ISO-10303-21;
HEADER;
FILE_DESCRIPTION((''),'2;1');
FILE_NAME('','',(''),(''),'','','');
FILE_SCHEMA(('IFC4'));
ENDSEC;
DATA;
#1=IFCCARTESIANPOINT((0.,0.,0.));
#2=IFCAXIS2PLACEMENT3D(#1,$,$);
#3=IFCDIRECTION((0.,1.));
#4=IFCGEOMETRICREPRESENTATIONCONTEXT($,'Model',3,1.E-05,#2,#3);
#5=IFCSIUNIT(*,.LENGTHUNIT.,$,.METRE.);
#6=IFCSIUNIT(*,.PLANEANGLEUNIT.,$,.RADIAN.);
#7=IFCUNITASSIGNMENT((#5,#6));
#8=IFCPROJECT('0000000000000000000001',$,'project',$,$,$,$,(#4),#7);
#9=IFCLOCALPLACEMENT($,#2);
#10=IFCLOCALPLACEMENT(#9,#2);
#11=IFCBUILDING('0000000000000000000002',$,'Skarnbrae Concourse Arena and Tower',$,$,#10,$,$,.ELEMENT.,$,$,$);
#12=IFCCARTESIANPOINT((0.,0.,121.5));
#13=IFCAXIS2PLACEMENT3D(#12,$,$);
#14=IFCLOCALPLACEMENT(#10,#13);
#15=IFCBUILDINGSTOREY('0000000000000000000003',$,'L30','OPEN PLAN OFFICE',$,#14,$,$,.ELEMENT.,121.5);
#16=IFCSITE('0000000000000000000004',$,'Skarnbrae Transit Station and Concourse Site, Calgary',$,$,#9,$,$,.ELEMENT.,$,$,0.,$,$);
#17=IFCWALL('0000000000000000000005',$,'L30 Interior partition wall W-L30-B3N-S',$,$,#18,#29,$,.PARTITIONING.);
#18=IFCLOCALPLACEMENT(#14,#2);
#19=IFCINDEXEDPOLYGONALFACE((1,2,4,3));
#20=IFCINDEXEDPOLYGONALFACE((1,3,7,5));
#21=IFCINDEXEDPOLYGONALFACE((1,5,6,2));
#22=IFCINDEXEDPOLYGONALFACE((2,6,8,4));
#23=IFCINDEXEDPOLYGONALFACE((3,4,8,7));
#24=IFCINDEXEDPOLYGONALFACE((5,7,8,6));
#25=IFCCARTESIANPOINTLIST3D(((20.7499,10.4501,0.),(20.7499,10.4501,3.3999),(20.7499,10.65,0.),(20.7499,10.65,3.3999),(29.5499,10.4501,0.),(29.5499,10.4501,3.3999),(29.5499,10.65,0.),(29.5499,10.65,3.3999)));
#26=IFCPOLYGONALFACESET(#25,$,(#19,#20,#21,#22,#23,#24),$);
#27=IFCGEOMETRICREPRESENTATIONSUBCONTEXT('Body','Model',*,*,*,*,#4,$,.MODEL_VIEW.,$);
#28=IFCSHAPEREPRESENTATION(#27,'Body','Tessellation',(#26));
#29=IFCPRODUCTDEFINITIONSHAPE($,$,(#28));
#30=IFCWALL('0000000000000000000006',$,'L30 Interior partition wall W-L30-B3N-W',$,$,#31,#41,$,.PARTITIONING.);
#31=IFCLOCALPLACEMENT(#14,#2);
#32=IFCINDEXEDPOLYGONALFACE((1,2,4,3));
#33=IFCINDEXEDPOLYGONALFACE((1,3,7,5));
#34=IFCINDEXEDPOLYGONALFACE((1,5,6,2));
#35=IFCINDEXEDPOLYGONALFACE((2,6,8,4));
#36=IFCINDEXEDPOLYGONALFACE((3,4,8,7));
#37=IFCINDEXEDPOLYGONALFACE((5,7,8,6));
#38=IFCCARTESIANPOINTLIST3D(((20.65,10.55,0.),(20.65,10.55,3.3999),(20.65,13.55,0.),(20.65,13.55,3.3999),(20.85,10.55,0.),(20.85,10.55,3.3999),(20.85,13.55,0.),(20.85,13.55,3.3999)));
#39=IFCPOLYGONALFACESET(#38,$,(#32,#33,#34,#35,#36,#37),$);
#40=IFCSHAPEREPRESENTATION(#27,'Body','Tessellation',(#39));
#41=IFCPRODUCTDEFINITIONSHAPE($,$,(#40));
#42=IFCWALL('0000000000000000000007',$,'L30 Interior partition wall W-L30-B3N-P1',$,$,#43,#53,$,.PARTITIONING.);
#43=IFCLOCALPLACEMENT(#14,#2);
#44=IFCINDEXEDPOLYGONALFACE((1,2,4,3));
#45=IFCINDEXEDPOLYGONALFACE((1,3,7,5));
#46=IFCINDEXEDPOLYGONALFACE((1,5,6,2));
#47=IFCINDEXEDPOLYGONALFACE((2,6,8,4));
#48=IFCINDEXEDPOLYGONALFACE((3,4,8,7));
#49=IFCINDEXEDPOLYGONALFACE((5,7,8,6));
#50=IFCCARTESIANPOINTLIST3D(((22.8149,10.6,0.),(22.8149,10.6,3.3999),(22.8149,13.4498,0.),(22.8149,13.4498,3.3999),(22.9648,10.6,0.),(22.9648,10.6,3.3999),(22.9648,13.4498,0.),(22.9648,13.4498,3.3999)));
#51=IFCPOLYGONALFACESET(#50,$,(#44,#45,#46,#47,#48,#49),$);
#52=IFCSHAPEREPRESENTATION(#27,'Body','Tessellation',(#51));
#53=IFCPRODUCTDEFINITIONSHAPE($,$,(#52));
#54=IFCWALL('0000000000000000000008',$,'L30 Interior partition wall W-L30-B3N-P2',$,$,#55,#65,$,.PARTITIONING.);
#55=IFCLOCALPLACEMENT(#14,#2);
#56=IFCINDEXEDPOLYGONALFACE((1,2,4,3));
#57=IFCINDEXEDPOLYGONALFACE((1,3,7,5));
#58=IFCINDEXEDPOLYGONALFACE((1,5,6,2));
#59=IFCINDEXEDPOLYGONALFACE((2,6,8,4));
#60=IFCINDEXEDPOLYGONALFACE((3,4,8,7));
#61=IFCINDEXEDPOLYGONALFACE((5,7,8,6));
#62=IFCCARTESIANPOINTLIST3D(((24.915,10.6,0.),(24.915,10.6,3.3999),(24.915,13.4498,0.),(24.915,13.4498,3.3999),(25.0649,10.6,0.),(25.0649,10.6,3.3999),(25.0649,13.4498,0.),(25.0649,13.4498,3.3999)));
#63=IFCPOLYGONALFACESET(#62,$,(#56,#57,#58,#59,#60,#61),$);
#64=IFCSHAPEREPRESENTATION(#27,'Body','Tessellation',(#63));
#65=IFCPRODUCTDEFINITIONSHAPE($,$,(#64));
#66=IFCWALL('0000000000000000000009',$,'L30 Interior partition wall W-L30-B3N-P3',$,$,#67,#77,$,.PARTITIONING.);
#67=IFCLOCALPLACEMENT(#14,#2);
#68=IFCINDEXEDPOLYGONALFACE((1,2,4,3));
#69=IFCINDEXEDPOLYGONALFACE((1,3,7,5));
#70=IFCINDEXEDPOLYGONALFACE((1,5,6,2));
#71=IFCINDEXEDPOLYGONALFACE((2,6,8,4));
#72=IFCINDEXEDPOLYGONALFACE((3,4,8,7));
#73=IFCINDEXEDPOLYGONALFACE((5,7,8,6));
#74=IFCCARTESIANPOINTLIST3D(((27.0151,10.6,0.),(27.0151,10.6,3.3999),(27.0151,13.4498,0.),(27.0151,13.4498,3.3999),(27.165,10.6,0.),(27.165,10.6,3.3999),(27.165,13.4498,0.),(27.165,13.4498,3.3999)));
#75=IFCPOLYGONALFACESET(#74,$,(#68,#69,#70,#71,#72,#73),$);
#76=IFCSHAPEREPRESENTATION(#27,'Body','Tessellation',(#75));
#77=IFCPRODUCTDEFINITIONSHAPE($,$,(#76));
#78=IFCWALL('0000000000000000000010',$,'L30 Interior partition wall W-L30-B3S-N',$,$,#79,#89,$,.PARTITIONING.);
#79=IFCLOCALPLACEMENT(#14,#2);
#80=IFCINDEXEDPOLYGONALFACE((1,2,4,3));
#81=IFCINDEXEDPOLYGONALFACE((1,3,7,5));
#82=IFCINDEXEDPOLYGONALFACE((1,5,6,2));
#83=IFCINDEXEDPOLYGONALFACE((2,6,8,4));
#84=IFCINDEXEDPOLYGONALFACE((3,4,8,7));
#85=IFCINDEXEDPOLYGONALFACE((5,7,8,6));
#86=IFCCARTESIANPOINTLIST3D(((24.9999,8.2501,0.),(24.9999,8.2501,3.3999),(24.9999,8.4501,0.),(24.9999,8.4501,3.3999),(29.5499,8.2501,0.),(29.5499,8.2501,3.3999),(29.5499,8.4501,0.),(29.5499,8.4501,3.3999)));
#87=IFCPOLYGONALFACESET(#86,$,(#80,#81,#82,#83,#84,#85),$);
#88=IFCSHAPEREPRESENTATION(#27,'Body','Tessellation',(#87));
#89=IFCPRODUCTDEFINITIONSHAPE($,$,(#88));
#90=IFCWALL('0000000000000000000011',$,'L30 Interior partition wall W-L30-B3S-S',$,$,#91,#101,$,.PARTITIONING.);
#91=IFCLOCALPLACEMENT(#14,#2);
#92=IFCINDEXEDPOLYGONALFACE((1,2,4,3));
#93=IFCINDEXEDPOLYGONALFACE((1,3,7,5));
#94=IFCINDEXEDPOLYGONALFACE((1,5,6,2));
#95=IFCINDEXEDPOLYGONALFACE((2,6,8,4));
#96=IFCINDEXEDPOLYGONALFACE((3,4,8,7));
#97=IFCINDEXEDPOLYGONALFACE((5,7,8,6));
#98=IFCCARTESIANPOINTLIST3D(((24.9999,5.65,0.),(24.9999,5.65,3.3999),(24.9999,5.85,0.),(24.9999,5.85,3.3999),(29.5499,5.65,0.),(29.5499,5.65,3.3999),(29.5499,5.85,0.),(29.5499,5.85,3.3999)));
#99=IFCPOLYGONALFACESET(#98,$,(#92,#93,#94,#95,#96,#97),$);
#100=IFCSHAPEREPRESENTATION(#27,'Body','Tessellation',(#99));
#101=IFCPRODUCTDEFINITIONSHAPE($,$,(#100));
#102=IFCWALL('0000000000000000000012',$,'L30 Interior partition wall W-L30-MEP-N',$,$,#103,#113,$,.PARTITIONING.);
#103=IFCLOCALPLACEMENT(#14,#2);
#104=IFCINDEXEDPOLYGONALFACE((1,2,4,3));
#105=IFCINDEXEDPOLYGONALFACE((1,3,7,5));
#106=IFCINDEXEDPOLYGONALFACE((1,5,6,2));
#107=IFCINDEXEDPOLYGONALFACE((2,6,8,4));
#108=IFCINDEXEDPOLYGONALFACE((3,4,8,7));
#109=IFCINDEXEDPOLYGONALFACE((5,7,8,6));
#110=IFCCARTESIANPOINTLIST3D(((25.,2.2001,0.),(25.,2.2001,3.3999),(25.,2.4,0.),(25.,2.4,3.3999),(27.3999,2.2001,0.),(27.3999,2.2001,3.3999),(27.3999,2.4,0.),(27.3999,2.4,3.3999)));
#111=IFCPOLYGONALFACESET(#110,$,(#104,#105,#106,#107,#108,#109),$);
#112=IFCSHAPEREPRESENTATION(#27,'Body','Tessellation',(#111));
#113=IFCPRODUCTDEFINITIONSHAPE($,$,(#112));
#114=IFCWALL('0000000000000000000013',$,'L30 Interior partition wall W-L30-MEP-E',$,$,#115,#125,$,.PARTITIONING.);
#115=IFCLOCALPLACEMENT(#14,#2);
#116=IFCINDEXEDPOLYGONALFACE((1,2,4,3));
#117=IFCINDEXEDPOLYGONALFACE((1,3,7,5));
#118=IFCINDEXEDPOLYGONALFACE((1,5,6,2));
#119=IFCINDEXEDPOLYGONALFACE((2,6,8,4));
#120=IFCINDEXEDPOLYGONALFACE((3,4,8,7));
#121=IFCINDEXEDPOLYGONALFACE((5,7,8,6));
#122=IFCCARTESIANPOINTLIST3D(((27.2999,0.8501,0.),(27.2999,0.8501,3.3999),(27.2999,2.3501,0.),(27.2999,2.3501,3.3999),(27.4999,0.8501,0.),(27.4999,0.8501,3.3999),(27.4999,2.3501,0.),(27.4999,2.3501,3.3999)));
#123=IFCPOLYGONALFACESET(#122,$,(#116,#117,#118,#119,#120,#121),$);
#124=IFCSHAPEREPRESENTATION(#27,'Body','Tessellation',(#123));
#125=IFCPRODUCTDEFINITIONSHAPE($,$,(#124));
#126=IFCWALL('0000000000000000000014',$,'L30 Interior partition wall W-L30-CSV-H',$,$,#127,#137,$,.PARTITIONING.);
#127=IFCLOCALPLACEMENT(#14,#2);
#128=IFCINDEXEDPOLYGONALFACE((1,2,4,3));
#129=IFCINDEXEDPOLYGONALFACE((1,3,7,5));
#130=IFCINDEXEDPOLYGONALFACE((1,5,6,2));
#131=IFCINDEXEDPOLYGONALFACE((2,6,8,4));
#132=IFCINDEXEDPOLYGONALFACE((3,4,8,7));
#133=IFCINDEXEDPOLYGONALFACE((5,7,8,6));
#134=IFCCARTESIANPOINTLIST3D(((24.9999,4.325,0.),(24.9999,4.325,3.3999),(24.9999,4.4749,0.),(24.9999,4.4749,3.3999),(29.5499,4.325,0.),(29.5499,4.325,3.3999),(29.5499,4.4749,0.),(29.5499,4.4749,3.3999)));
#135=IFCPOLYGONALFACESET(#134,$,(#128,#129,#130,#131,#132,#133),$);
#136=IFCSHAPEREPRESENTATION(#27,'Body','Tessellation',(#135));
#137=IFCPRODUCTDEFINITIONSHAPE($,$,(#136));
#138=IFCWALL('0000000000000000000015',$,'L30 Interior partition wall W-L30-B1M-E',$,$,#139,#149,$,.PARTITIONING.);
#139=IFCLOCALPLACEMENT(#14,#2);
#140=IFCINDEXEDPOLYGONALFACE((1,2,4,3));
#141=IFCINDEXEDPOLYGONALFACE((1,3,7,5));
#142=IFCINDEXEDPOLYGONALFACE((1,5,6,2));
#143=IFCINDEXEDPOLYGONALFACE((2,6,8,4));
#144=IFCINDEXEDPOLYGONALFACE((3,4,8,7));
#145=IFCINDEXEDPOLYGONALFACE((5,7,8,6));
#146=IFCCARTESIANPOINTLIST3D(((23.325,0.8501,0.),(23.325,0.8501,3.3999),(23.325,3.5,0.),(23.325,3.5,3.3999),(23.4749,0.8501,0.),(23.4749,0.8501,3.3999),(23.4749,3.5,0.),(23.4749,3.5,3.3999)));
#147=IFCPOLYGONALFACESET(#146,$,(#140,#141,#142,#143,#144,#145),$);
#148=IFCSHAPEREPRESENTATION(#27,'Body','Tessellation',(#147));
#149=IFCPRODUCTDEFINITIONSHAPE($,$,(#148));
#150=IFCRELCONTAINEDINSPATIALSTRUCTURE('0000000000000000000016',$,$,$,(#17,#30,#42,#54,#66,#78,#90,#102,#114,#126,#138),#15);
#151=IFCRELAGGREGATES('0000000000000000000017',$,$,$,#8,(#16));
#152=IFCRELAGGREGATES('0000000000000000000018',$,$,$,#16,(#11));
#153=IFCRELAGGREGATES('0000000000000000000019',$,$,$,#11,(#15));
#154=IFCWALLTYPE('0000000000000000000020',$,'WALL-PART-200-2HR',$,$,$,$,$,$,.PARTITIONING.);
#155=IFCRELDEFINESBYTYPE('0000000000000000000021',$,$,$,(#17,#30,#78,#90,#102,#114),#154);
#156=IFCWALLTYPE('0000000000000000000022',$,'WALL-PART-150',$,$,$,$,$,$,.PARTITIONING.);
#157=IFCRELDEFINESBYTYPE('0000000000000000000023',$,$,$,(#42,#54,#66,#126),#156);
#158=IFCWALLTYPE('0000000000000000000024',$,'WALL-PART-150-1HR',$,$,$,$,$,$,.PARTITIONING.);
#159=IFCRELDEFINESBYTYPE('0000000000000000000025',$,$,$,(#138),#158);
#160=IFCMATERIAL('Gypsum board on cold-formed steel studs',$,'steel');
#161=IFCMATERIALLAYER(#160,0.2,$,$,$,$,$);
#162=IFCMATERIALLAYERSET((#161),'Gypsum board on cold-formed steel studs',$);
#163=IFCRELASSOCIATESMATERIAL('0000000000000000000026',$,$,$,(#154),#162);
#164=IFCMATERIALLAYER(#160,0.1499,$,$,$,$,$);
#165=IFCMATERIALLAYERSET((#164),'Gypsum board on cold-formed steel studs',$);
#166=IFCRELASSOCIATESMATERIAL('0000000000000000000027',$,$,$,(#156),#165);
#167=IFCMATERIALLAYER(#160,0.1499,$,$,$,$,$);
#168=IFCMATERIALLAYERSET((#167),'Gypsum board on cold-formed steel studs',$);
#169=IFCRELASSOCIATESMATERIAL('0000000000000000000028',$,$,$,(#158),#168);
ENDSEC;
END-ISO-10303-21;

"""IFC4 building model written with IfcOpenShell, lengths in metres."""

from ifc_helpers import new_model, si_unit, direction, frame, frame_2d, origin, place, context, subcontext, project, spatial, rectangle, extrude, source, transform, mapped, material, layer, layer_set, type_object, element, save


model = new_model("IFC4")

# Units and contexts
model_context = context("Model", 3, precision=1e-05, world=origin(), true_north=direction((0.0, 1.0)))
body_context = subcontext(model_context, "Body", "Model", "MODEL_VIEW")
ifc_project = project(units=[si_unit("LENGTHUNIT", "METRE"), si_unit("PLANEANGLEUNIT", "RADIAN")], contexts=[model_context])

# Site, building, storey
site_placement = place(None, origin())
site = spatial("IfcSite", under=ifc_project, at=site_placement, Name="Skarnbrae Transit Station and Concourse Site, Calgary", CompositionType="ELEMENT", RefElevation=0.0)
building_placement = place(site_placement, origin())
building = spatial("IfcBuilding", under=site, at=building_placement, Name="Skarnbrae Concourse Arena and Tower", CompositionType="ELEMENT")
storey_placement = place(building_placement, frame((0.0, 0.0, 121.5)))
storey = spatial("IfcBuildingStorey", under=building, at=storey_placement, Name="L30", Description="OPEN PLAN OFFICE", CompositionType="ELEMENT", Elevation=121.5)

# Walls
ifc_material_1 = material(Name="Gypsum board on cold-formed steel studs", Category="steel")
ifc_layer_1 = layer(ifc_material_1, 0.2)
ifc_layer_set_1 = layer_set([ifc_layer_1], Name="Gypsum board on cold-formed steel studs")
wall_type_1 = type_object("IfcWallType", Name="WALL-PART-200-2HR", PredefinedType="PARTITIONING", material=ifc_layer_set_1)
ifc_layer_2 = layer(ifc_material_1, 0.1499)
ifc_layer_set_2 = layer_set([ifc_layer_2], Name="Gypsum board on cold-formed steel studs")
wall_type_2 = type_object("IfcWallType", Name="WALL-PART-150", PredefinedType="PARTITIONING", material=ifc_layer_set_2)
shared_shape_1 = source(origin(), body_context, "Body", "SweptSolid", [
    extrude(rectangle(XDim=8.8, YDim=0.2, at=frame_2d((4.3999, 0.0))), origin(), (0.0, 0.0, 1.0), 3.3999),
])
wall_1_placement = place(storey_placement, frame((20.75, 10.55, 0.0), z_axis=(0.0, 0.0, 1.0), x_axis=(1.0, 0.0, 0.0)))
element("IfcWall", 1, at=wall_1_placement, inside=storey, type_object=wall_type_1, Name="L30 Interior partition wall W-L30-B3N-S", PredefinedType="PARTITIONING", context=body_context, shape_type="MappedRepresentation", body=[
    mapped(shared_shape_1, transform((0.0, 0.0, 0.0))),
])
shared_shape_2 = source(origin(), body_context, "Body", "SweptSolid", [
    extrude(rectangle(XDim=3.0, YDim=0.2, at=frame_2d((1.5, 0.0))), origin(), (0.0, 0.0, 1.0), 3.3999),
])
wall_2_placement = place(storey_placement, frame((20.75, 10.55, 0.0), z_axis=(0.0, 0.0, 1.0), x_axis=(0.0, 1.0, 0.0)))
element("IfcWall", 2, at=wall_2_placement, inside=storey, type_object=wall_type_1, Name="L30 Interior partition wall W-L30-B3N-W", PredefinedType="PARTITIONING", context=body_context, shape_type="MappedRepresentation", body=[
    mapped(shared_shape_2, transform((0.0, 0.0, 0.0))),
])
shared_shape_3 = source(origin(), body_context, "Body", "SweptSolid", [
    extrude(rectangle(XDim=2.8499, YDim=0.1499, at=frame_2d((1.4248, 0.0))), origin(), (0.0, 0.0, 1.0), 3.3999),
])
for number, where, z_axis, x_axis, name in (
    (3, (22.8899, 10.6001, 0.0), (0.0, 0.0, 1.0), (0.0, 1.0, 0.0), "L30 Interior partition wall W-L30-B3N-P1"),
    (4, (24.99, 10.6001, 0.0), (0.0, 0.0, 1.0), (0.0, 1.0, 0.0), "L30 Interior partition wall W-L30-B3N-P2"),
    (5, (27.0901, 10.6001, 0.0), (0.0, 0.0, 1.0), (0.0, 1.0, 0.0), "L30 Interior partition wall W-L30-B3N-P3"),
):
    element("IfcWall", number, at=place(storey_placement, frame(where, z_axis=z_axis, x_axis=x_axis)), inside=storey, type_object=wall_type_2, Name=name, PredefinedType="PARTITIONING", context=body_context, shape_type="MappedRepresentation", body=[
        mapped(shared_shape_3, transform((0.0, 0.0, 0.0))),
    ])
shared_shape_4 = source(origin(), body_context, "Body", "SweptSolid", [
    extrude(rectangle(XDim=4.55, YDim=0.2, at=frame_2d((2.2749, 0.0))), origin(), (0.0, 0.0, 1.0), 3.3999),
])
for number, where, z_axis, x_axis, name in (
    (6, (25.0, 8.3501, 0.0), (0.0, 0.0, 1.0), (1.0, 0.0, 0.0), "L30 Interior partition wall W-L30-B3S-N"),
    (7, (25.0, 5.75, 0.0), (0.0, 0.0, 1.0), (1.0, 0.0, 0.0), "L30 Interior partition wall W-L30-B3S-S"),
):
    element("IfcWall", number, at=place(storey_placement, frame(where, z_axis=z_axis, x_axis=x_axis)), inside=storey, type_object=wall_type_1, Name=name, PredefinedType="PARTITIONING", context=body_context, shape_type="MappedRepresentation", body=[
        mapped(shared_shape_4, transform((0.0, 0.0, 0.0))),
    ])

# Shared definitions
ifc_layer_3 = layer(ifc_material_1, 0.1499)
ifc_layer_set_3 = layer_set([ifc_layer_3], Name="Gypsum board on cold-formed steel studs")
wall_type_3 = type_object("IfcWallType", Name="WALL-PART-150-1HR", PredefinedType="PARTITIONING", material=ifc_layer_set_3)

# Walls
shared_shape_5 = source(origin(), body_context, "Body", "SweptSolid", [
    extrude(rectangle(XDim=2.3999, YDim=0.2, at=frame_2d((1.2, 0.0))), origin(), (0.0, 0.0, 1.0), 3.3999),
])
wall_3_placement = place(storey_placement, frame((25.0, 2.3, 0.0), z_axis=(0.0, 0.0, 1.0), x_axis=(1.0, 0.0, 0.0)))
element("IfcWall", 8, at=wall_3_placement, inside=storey, type_object=wall_type_1, Name="L30 Interior partition wall W-L30-MEP-N", PredefinedType="PARTITIONING", context=body_context, shape_type="MappedRepresentation", body=[
    mapped(shared_shape_5, transform((0.0, 0.0, 0.0))),
])
shared_shape_6 = source(origin(), body_context, "Body", "SweptSolid", [
    extrude(rectangle(XDim=1.5, YDim=0.2, at=frame_2d((0.75, 0.0))), origin(), (0.0, 0.0, 1.0), 3.3999),
])
wall_4_placement = place(storey_placement, frame((27.3999, 0.8501, 0.0), z_axis=(0.0, 0.0, 1.0), x_axis=(0.0, 1.0, 0.0)))
element("IfcWall", 9, at=wall_4_placement, inside=storey, type_object=wall_type_1, Name="L30 Interior partition wall W-L30-MEP-E", PredefinedType="PARTITIONING", context=body_context, shape_type="MappedRepresentation", body=[
    mapped(shared_shape_6, transform((0.0, 0.0, 0.0))),
])
shared_shape_7 = source(origin(), body_context, "Body", "SweptSolid", [
    extrude(rectangle(XDim=4.55, YDim=0.1499, at=frame_2d((2.2749, 0.0))), origin(), (0.0, 0.0, 1.0), 3.3999),
])
wall_5_placement = place(storey_placement, frame((25.0, 4.3999, 0.0), z_axis=(0.0, 0.0, 1.0), x_axis=(1.0, 0.0, 0.0)))
element("IfcWall", 10, at=wall_5_placement, inside=storey, type_object=wall_type_2, Name="L30 Interior partition wall W-L30-CSV-H", PredefinedType="PARTITIONING", context=body_context, shape_type="MappedRepresentation", body=[
    mapped(shared_shape_7, transform((0.0, 0.0, 0.0))),
])
shared_shape_8 = source(origin(), body_context, "Body", "SweptSolid", [
    extrude(rectangle(XDim=2.6499, YDim=0.1499, at=frame_2d((1.325, 0.0))), origin(), (0.0, 0.0, 1.0), 3.3999),
])
wall_6_placement = place(storey_placement, frame((23.3999, 0.8501, 0.0), z_axis=(0.0, 0.0, 1.0), x_axis=(0.0, 1.0, 0.0)))
element("IfcWall", 11, at=wall_6_placement, inside=storey, type_object=wall_type_3, Name="L30 Interior partition wall W-L30-B1M-E", PredefinedType="PARTITIONING", context=body_context, shape_type="MappedRepresentation", body=[
    mapped(shared_shape_8, transform((0.0, 0.0, 0.0))),
])

save(model, "model.ifc")
